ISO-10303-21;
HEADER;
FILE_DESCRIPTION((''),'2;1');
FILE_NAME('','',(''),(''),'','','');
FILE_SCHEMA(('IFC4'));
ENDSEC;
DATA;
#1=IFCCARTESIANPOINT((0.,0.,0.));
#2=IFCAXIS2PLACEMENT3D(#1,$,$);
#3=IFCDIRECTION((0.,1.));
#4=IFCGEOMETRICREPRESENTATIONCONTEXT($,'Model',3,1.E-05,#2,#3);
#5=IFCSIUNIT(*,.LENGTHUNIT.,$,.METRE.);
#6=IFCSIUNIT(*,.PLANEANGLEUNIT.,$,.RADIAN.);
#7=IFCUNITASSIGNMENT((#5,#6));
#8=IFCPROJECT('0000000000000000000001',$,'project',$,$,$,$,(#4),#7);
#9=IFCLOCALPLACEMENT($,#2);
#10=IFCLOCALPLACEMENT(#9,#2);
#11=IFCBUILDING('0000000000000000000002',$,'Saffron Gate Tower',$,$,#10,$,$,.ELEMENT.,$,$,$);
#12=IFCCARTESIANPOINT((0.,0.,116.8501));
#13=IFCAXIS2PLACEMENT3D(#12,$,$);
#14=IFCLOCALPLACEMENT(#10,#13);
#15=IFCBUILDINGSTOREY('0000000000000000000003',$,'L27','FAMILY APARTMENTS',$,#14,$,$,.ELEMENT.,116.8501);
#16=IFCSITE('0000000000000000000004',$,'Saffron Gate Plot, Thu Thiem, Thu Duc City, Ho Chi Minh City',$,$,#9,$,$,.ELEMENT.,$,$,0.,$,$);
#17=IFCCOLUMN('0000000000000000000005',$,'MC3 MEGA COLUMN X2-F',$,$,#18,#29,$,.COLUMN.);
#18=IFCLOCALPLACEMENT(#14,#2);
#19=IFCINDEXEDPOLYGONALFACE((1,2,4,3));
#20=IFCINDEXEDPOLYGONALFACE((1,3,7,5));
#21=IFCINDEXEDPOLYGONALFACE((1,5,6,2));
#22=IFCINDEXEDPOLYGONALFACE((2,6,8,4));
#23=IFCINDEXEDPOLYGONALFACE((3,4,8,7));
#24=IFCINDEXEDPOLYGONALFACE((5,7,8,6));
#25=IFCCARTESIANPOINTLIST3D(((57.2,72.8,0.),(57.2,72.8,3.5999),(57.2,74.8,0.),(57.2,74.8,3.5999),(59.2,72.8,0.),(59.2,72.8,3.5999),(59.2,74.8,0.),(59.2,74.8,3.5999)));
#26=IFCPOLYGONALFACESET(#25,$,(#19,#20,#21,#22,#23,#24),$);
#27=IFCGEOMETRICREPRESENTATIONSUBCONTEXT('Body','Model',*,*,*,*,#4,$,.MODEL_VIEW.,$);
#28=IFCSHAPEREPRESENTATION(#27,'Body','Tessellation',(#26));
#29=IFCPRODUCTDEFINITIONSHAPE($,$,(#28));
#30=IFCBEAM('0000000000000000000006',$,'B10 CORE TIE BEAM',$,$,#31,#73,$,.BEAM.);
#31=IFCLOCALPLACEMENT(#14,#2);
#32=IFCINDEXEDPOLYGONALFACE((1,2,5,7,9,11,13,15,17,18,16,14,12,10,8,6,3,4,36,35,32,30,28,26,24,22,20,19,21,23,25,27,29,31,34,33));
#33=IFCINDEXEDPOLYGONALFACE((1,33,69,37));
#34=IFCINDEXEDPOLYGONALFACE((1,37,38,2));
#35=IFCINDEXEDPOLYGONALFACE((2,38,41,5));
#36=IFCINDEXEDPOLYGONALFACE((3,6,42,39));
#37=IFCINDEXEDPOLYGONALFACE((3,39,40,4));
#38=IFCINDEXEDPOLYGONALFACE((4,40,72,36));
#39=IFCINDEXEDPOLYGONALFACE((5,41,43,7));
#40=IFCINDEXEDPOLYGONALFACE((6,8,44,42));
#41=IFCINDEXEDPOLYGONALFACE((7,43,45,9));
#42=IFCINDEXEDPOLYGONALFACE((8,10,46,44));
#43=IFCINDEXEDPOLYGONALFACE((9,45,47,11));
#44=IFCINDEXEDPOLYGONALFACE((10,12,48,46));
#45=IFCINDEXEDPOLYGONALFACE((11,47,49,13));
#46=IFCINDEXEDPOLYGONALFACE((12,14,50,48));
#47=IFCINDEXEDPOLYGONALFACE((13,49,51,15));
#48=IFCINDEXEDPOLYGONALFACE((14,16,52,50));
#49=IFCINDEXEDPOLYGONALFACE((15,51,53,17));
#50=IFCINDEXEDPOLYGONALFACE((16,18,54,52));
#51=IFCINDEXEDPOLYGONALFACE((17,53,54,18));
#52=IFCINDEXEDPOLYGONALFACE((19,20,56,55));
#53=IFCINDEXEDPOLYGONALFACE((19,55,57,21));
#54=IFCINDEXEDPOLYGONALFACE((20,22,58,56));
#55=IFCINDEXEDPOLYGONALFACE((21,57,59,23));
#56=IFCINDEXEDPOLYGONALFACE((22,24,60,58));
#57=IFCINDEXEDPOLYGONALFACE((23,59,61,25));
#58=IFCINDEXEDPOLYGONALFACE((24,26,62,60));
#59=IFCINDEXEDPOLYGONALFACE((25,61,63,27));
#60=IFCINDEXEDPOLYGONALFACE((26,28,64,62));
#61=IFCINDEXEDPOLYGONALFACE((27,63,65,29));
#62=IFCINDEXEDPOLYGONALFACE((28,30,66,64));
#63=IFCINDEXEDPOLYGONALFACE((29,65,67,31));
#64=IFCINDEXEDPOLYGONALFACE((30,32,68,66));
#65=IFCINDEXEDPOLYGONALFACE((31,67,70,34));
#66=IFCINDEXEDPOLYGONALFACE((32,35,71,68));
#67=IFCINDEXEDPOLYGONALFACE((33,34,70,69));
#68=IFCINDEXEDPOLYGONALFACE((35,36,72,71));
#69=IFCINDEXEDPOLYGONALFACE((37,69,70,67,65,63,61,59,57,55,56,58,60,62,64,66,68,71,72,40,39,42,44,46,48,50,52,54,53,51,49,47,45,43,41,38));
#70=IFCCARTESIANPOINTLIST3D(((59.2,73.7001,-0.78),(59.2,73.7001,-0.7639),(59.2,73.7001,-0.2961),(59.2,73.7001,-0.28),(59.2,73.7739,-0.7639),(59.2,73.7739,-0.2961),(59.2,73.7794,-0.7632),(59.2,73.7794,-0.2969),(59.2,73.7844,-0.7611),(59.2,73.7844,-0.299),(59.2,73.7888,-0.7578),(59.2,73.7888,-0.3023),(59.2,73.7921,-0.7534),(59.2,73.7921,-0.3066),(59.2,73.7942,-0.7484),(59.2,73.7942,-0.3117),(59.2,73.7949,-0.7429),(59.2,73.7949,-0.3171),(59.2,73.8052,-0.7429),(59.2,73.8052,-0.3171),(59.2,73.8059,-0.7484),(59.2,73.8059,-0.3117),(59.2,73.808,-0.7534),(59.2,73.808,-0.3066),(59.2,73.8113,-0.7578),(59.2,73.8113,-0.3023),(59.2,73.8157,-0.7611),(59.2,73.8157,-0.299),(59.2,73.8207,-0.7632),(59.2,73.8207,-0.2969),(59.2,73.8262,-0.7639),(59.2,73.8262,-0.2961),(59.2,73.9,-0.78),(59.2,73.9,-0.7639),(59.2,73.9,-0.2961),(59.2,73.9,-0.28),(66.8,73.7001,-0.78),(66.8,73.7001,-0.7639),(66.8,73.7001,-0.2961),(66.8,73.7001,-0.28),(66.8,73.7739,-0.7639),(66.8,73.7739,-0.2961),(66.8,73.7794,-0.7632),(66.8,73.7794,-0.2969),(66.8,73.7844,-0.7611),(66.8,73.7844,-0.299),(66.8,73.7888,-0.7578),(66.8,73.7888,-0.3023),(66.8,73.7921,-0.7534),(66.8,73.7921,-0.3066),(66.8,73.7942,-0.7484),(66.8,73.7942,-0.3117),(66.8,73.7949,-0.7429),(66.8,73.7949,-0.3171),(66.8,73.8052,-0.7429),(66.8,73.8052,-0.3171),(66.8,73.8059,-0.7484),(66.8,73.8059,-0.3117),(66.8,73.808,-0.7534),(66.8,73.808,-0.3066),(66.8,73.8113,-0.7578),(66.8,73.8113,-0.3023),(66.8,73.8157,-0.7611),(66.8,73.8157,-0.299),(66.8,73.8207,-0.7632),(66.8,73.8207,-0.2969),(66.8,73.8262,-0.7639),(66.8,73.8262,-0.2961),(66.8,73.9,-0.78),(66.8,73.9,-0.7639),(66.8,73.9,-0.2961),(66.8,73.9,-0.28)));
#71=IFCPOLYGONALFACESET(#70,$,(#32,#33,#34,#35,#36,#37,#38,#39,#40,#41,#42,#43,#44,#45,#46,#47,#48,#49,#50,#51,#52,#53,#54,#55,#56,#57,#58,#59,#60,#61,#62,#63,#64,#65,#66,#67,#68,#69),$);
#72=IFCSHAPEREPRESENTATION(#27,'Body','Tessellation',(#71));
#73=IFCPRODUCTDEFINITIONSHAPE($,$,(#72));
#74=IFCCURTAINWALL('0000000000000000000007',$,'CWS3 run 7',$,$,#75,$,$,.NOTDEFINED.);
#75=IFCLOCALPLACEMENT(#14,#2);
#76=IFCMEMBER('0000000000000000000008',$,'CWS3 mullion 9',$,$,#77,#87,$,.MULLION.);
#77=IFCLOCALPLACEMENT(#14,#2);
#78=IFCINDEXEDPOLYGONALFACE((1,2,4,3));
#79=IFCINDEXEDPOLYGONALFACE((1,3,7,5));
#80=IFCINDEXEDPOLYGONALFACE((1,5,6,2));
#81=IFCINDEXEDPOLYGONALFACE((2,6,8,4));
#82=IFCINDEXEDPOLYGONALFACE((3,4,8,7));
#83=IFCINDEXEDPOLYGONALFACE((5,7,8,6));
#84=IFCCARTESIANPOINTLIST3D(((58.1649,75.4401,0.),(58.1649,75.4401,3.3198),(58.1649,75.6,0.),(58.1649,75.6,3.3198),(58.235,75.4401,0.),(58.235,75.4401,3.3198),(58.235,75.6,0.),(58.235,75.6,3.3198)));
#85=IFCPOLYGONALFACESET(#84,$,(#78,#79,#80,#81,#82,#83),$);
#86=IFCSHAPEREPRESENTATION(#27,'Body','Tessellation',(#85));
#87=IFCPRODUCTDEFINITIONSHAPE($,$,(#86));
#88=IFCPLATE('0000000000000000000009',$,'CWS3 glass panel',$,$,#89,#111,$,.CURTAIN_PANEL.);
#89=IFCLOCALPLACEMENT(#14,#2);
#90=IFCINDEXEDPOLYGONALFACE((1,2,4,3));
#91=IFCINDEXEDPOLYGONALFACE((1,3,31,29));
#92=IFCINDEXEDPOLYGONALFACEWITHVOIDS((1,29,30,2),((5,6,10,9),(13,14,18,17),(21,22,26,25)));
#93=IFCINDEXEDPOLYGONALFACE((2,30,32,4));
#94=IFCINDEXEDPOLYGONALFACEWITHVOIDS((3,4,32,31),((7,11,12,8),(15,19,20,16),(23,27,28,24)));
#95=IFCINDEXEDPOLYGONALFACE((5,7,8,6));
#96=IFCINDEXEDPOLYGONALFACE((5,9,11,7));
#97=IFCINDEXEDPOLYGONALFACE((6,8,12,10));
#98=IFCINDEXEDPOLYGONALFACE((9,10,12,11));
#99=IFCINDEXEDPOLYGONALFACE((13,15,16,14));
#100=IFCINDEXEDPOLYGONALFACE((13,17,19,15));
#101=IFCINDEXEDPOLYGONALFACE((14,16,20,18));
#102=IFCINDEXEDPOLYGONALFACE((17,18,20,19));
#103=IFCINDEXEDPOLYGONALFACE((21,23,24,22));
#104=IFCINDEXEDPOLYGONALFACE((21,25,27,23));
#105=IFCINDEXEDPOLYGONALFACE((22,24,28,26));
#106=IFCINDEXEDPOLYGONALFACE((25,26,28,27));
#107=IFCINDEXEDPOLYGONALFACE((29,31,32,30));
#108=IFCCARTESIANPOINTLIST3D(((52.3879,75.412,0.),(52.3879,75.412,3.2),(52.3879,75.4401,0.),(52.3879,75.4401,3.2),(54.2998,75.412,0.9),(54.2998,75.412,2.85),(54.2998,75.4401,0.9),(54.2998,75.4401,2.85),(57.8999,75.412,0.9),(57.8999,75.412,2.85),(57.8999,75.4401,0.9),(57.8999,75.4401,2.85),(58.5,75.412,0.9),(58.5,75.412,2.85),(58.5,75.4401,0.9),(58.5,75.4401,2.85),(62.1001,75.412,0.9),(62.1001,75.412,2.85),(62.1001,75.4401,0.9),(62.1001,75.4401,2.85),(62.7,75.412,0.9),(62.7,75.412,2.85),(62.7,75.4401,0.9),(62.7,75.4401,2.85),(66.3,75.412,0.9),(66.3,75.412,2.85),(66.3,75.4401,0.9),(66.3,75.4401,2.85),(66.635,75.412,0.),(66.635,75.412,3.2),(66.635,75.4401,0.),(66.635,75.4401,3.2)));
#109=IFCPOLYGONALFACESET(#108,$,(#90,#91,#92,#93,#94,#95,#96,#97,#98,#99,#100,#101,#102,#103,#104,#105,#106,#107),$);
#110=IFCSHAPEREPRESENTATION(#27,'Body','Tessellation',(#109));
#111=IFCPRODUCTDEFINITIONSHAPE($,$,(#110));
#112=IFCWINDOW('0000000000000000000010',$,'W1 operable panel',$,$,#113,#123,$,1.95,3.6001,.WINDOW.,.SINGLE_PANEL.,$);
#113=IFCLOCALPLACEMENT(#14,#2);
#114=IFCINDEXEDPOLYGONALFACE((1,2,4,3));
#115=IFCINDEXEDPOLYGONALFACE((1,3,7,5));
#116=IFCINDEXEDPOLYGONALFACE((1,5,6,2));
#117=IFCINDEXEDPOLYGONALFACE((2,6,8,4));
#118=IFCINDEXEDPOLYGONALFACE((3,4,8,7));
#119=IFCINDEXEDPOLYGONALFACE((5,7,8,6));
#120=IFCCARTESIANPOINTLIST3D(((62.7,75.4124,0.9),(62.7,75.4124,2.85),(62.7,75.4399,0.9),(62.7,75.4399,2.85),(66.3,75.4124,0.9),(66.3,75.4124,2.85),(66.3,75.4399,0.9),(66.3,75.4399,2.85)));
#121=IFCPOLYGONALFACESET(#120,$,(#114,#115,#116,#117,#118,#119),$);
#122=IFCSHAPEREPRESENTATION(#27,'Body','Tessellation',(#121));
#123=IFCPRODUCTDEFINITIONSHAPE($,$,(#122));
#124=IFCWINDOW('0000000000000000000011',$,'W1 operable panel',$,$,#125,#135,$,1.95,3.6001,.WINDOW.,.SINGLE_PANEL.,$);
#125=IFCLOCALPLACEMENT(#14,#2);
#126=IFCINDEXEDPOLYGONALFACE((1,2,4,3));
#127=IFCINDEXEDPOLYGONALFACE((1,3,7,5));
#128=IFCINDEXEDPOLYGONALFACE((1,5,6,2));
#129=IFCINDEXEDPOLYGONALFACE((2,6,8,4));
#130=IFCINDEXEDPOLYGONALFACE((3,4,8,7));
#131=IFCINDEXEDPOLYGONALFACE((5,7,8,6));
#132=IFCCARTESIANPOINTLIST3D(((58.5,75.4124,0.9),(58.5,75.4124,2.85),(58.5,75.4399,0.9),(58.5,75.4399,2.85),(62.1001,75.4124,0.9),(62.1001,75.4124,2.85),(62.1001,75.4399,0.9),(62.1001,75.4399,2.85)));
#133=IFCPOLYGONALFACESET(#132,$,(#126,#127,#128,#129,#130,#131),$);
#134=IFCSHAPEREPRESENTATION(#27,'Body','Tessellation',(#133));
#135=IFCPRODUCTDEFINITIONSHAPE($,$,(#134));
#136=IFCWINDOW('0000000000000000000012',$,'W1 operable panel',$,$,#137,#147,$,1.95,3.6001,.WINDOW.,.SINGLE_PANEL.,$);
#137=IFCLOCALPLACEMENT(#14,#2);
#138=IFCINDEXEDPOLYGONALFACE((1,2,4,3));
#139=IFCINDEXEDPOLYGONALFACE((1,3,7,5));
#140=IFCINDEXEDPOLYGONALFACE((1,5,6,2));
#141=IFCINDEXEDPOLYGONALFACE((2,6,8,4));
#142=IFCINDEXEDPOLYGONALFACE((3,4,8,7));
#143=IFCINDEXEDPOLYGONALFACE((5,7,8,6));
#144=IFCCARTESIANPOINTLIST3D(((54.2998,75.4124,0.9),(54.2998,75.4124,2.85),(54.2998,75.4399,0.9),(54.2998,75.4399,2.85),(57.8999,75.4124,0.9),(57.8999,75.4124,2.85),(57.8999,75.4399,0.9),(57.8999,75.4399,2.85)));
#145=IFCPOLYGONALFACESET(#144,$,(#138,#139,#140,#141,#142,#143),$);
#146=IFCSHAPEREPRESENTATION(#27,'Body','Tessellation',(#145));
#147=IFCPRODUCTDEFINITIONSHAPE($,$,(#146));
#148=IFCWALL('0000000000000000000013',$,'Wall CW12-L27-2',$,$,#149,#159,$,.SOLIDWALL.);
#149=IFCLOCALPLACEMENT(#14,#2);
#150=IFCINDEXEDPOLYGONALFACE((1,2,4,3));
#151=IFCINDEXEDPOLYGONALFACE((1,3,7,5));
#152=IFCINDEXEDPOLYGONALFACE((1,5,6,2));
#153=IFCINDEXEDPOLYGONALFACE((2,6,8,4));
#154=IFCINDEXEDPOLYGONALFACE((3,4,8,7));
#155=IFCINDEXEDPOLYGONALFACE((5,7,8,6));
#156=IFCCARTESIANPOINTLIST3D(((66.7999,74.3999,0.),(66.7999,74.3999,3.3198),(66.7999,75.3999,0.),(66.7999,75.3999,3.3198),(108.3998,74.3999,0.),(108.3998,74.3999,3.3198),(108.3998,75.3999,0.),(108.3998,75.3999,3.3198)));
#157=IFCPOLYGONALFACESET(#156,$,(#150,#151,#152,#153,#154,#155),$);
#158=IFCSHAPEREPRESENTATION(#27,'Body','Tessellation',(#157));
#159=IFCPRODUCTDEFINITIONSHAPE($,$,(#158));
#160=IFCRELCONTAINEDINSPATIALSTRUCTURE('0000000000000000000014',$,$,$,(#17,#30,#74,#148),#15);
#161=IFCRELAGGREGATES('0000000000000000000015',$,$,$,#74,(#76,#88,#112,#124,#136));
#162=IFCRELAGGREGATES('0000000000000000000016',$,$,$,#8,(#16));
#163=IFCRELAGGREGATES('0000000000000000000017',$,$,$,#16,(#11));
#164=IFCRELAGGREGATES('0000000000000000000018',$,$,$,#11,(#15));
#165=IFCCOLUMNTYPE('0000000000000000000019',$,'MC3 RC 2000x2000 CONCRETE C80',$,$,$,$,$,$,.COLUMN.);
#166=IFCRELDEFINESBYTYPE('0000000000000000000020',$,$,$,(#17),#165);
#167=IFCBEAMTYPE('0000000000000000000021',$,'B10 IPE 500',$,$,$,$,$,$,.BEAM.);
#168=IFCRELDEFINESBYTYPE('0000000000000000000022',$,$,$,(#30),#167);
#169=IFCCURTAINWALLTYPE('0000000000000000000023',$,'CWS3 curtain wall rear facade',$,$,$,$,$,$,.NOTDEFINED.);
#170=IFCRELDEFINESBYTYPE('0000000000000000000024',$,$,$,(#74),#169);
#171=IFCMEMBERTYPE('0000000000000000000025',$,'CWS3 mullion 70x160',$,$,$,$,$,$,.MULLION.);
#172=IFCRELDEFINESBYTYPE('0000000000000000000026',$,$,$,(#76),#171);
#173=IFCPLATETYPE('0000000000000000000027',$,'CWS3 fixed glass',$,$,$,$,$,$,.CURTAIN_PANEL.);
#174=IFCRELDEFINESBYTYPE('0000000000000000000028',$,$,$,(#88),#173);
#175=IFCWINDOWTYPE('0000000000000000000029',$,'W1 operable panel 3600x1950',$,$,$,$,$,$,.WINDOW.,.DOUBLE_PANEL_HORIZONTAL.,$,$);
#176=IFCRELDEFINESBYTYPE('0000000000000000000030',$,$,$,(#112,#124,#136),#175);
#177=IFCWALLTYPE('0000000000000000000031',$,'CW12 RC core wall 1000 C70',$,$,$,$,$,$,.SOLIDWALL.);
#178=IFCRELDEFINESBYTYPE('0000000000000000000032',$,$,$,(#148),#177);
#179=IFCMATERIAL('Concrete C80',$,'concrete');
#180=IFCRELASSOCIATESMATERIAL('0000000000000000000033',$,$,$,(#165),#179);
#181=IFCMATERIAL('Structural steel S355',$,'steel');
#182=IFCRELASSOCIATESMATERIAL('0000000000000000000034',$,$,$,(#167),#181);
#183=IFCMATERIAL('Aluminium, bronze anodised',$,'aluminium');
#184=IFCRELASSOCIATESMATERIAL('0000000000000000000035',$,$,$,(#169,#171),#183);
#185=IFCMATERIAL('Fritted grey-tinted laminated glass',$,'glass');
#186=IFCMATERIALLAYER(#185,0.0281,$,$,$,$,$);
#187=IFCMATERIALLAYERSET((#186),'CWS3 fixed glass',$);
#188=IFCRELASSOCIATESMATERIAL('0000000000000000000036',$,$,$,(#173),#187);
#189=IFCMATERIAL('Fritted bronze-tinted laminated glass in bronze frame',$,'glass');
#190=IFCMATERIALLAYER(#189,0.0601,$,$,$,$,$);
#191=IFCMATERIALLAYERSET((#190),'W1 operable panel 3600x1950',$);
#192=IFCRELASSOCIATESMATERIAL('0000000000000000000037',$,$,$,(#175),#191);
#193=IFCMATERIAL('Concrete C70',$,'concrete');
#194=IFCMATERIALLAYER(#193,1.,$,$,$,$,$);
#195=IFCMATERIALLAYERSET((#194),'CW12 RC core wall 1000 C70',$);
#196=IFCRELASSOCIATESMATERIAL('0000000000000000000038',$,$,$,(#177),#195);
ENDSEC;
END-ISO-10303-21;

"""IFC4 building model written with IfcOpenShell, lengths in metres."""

from ifc_helpers import new_model, si_unit, direction, frame, frame_2d, origin, origin_2d, place, context, subcontext, project, spatial, rectangle, i_section, extrude, material, layer, layer_set, material_profile, profile_set, type_object, element, fill, aggregate, save


model = new_model("IFC4")

# Units and contexts
model_context = context("Model", 3, precision=1e-05, world=origin(), true_north=direction((0.0, 1.0)))
body_context = subcontext(model_context, "Body", "Model", "MODEL_VIEW")
ifc_project = project(units=[si_unit("LENGTHUNIT", "METRE"), si_unit("PLANEANGLEUNIT", "RADIAN")], contexts=[model_context])

# Site, building, storey
site_placement = place(None, origin())
site = spatial("IfcSite", under=ifc_project, at=site_placement, Name="Saffron Gate Plot, Thu Thiem, Thu Duc City, Ho Chi Minh City", CompositionType="ELEMENT", RefElevation=0.0)
building_placement = place(site_placement, origin())
building = spatial("IfcBuilding", under=site, at=building_placement, Name="Saffron Gate Tower", CompositionType="ELEMENT")
storey_placement = place(building_placement, frame((0.0, 0.0, 116.8501)))
storey = spatial("IfcBuildingStorey", under=building, at=storey_placement, Name="L27", Description="FAMILY APARTMENTS", CompositionType="ELEMENT", Elevation=116.8501)

# Column
ifc_material_1 = material(Name="Concrete C80", Category="concrete")
ifc_material_profile_1 = material_profile(ifc_material_1, rectangle(XDim=2.0, YDim=2.0, at=origin_2d()))
ifc_profile_set_1 = profile_set([ifc_material_profile_1], Name="Concrete C80")
column_type = type_object("IfcColumnType", Name="MC3 RC 2000x2000 CONCRETE C80", PredefinedType="COLUMN", material=ifc_profile_set_1)
column_placement = place(storey_placement, frame((58.2, 73.8, 0.0), z_axis=(0.0, 0.0, 1.0), x_axis=(1.0, 0.0, 0.0)))
element("IfcColumn", 1, at=column_placement, inside=storey, type_object=column_type, Name="MC3 MEGA COLUMN X2-F", PredefinedType="COLUMN", context=body_context, shape_type="SweptSolid", body=[
    extrude(rectangle(XDim=2.0, YDim=2.0, at=origin_2d()), origin(), (0.0, 0.0, 1.0), 3.5999),
])

# Beam
ifc_material_2 = material(Name="Structural steel S355", Category="steel")
ifc_material_profile_2 = material_profile(ifc_material_2, i_section(OverallWidth=0.2, OverallDepth=0.5, WebThickness=0.0103, FlangeThickness=0.0161, FilletRadius=0.021, at=origin_2d()))
ifc_profile_set_2 = profile_set([ifc_material_profile_2], Name="Structural steel S355")
beam_type = type_object("IfcBeamType", Name="B10 IPE 500", PredefinedType="BEAM", material=ifc_profile_set_2)
beam_placement = place(storey_placement, frame((59.2, 73.8, -0.53), z_axis=(1.0, 0.0, 0.0), x_axis=(0.0, 1.0, 0.0)))
element("IfcBeam", 2, at=beam_placement, inside=storey, type_object=beam_type, Name="B10 CORE TIE BEAM", PredefinedType="BEAM", context=body_context, shape_type="SweptSolid", body=[
    extrude(i_section(OverallWidth=0.2, OverallDepth=0.5, WebThickness=0.0103, FlangeThickness=0.0161, FilletRadius=0.021, at=origin_2d()), origin(), (0.0, 0.0, 1.0), 7.6001),
])

# Curtain wall, member, plate, openings, windows
ifc_material_3 = material(Name="Aluminium, bronze anodised", Category="aluminium")
curtain_wall_type = type_object("IfcCurtainWallType", Name="CWS3 curtain wall rear facade", PredefinedType="NOTDEFINED", material=ifc_material_3)
curtain_wall_placement = place(storey_placement, origin())
curtain_wall = element("IfcCurtainWall", 3, at=curtain_wall_placement, inside=storey, type_object=curtain_wall_type, Name="CWS3 run 7", PredefinedType="NOTDEFINED")
ifc_material_profile_3 = material_profile(ifc_material_3, rectangle(XDim=0.1599, YDim=0.0701, at=origin_2d()))
ifc_profile_set_3 = profile_set([ifc_material_profile_3], Name="Aluminium, bronze anodised")
member_type = type_object("IfcMemberType", Name="CWS3 mullion 70x160", PredefinedType="MULLION", material=ifc_profile_set_3)
member_placement = place(storey_placement, frame((58.2, 75.52, 0.0), z_axis=(0.0, 0.0, 1.0), x_axis=(0.0, -1.0, 0.0)))
member = element("IfcMember", 4, at=member_placement, type_object=member_type, Name="CWS3 mullion 9", PredefinedType="MULLION", context=body_context, shape_type="SweptSolid", body=[
    extrude(rectangle(XDim=0.1599, YDim=0.0701, at=origin_2d()), origin(), (0.0, 0.0, 1.0), 3.3198),
])
ifc_material_4 = material(Name="Fritted grey-tinted laminated glass", Category="glass")
ifc_layer_1 = layer(ifc_material_4, 0.0281)
ifc_layer_set_1 = layer_set([ifc_layer_1], Name="CWS3 fixed glass")
plate_type = type_object("IfcPlateType", Name="CWS3 fixed glass", PredefinedType="CURTAIN_PANEL", material=ifc_layer_set_1)
plate_placement = place(storey_placement, frame((66.635, 75.426, 0.0), z_axis=(0.0, 0.0, 1.0), x_axis=(-1.0, 0.0, 0.0)))
plate = element("IfcPlate", 5, at=plate_placement, type_object=plate_type, Name="CWS3 glass panel", PredefinedType="CURTAIN_PANEL", context=body_context, shape_type="SweptSolid", body=[
    extrude(rectangle(XDim=14.2471, YDim=0.0281, at=frame_2d((7.1235, 0.0))), origin(), (0.0, 0.0, 1.0), 3.2),
])
opening_1_placement = place(plate_placement, frame((0.335, 0.0, 0.8999)))
opening_1 = element("IfcOpeningElement", 6, at=opening_1_placement, cuts=plate, PredefinedType="OPENING", context=body_context, shape_type="SweptSolid", body=[
    extrude(rectangle(XDim=3.6001, YDim=1.95, at=frame_2d((1.8, 0.9751))), frame((0.0, 0.0239, 0.0), z_axis=(0.0, -1.0, 0.0), x_axis=(1.0, 0.0, 0.0)), (0.0, 0.0, 1.0), 0.0481),
])
opening_2_placement = place(plate_placement, frame((4.5349, 0.0, 0.8999)))
opening_2 = element("IfcOpeningElement", 7, at=opening_2_placement, cuts=plate, PredefinedType="OPENING", context=body_context, shape_type="SweptSolid", body=[
    extrude(rectangle(XDim=3.6001, YDim=1.95, at=frame_2d((1.8, 0.9751))), frame((0.0, 0.0239, 0.0), z_axis=(0.0, -1.0, 0.0), x_axis=(1.0, 0.0, 0.0)), (0.0, 0.0, 1.0), 0.0481),
])
opening_3_placement = place(plate_placement, frame((8.7351, 0.0, 0.8999)))
opening_3 = element("IfcOpeningElement", 8, at=opening_3_placement, cuts=plate, PredefinedType="OPENING", context=body_context, shape_type="SweptSolid", body=[
    extrude(rectangle(XDim=3.6001, YDim=1.95, at=frame_2d((1.8, 0.9751))), frame((0.0, 0.0239, 0.0), z_axis=(0.0, -1.0, 0.0), x_axis=(1.0, 0.0, 0.0)), (0.0, 0.0, 1.0), 0.0481),
])
ifc_material_5 = material(Name="Fritted bronze-tinted laminated glass in bronze frame", Category="glass")
ifc_layer_2 = layer(ifc_material_5, 0.0601)
ifc_layer_set_2 = layer_set([ifc_layer_2], Name="W1 operable panel 3600x1950")
window_type = type_object("IfcWindowType", Name="W1 operable panel 3600x1950", PartitioningType="DOUBLE_PANEL_HORIZONTAL", PredefinedType="WINDOW", material=ifc_layer_set_2)
window_1_placement = place(opening_1_placement, origin())
window_1 = element("IfcWindow", 9, at=window_1_placement, type_object=window_type, Name="W1 operable panel", OverallHeight=1.95, OverallWidth=3.6001, PartitioningType="SINGLE_PANEL", PredefinedType="WINDOW", context=body_context, shape_type="SweptSolid", body=[
    extrude(rectangle(XDim=3.6001, YDim=1.95, at=frame_2d((1.8, 0.9751))), frame((0.0, 0.0137, 0.0), z_axis=(0.0, -1.0, 0.0), x_axis=(1.0, 0.0, 0.0)), (0.0, 0.0, 1.0), 0.0276),
])
fill(opening_1, window_1)
window_2_placement = place(opening_2_placement, origin())
window_2 = element("IfcWindow", 10, at=window_2_placement, type_object=window_type, Name="W1 operable panel", OverallHeight=1.95, OverallWidth=3.6001, PartitioningType="SINGLE_PANEL", PredefinedType="WINDOW", context=body_context, shape_type="SweptSolid", body=[
    extrude(rectangle(XDim=3.6001, YDim=1.95, at=frame_2d((1.8, 0.9751))), frame((0.0, 0.0137, 0.0), z_axis=(0.0, -1.0, 0.0), x_axis=(1.0, 0.0, 0.0)), (0.0, 0.0, 1.0), 0.0276),
])
fill(opening_2, window_2)
window_3_placement = place(opening_3_placement, origin())
window_3 = element("IfcWindow", 11, at=window_3_placement, type_object=window_type, Name="W1 operable panel", OverallHeight=1.95, OverallWidth=3.6001, PartitioningType="SINGLE_PANEL", PredefinedType="WINDOW", context=body_context, shape_type="SweptSolid", body=[
    extrude(rectangle(XDim=3.6001, YDim=1.95, at=frame_2d((1.8, 0.9751))), frame((0.0, 0.0137, 0.0), z_axis=(0.0, -1.0, 0.0), x_axis=(1.0, 0.0, 0.0)), (0.0, 0.0, 1.0), 0.0276),
])
fill(opening_3, window_3)
aggregate(curtain_wall, [member, plate, window_1, window_2, window_3])

# Wall
ifc_material_6 = material(Name="Concrete C70", Category="concrete")
ifc_layer_3 = layer(ifc_material_6, 1.0)
ifc_layer_set_3 = layer_set([ifc_layer_3], Name="CW12 RC core wall 1000 C70")
wall_type_1 = type_object("IfcWallType", Name="CW12 RC core wall 1000 C70", PredefinedType="SOLIDWALL", material=ifc_layer_set_3)
wall_1_placement = place(storey_placement, frame((66.8, 74.8999, 0.0), z_axis=(0.0, 0.0, 1.0), x_axis=(1.0, 0.0, 0.0)))
element("IfcWall", 12, at=wall_1_placement, inside=storey, type_object=wall_type_1, Name="Wall CW12-L27-2", PredefinedType="SOLIDWALL", context=body_context, shape_type="SweptSolid", body=[
    extrude(rectangle(XDim=41.5999, YDim=1.0, at=frame_2d((20.7998, 0.0))), origin(), (0.0, 0.0, 1.0), 3.3198),
])

save(model, "model.ifc")
